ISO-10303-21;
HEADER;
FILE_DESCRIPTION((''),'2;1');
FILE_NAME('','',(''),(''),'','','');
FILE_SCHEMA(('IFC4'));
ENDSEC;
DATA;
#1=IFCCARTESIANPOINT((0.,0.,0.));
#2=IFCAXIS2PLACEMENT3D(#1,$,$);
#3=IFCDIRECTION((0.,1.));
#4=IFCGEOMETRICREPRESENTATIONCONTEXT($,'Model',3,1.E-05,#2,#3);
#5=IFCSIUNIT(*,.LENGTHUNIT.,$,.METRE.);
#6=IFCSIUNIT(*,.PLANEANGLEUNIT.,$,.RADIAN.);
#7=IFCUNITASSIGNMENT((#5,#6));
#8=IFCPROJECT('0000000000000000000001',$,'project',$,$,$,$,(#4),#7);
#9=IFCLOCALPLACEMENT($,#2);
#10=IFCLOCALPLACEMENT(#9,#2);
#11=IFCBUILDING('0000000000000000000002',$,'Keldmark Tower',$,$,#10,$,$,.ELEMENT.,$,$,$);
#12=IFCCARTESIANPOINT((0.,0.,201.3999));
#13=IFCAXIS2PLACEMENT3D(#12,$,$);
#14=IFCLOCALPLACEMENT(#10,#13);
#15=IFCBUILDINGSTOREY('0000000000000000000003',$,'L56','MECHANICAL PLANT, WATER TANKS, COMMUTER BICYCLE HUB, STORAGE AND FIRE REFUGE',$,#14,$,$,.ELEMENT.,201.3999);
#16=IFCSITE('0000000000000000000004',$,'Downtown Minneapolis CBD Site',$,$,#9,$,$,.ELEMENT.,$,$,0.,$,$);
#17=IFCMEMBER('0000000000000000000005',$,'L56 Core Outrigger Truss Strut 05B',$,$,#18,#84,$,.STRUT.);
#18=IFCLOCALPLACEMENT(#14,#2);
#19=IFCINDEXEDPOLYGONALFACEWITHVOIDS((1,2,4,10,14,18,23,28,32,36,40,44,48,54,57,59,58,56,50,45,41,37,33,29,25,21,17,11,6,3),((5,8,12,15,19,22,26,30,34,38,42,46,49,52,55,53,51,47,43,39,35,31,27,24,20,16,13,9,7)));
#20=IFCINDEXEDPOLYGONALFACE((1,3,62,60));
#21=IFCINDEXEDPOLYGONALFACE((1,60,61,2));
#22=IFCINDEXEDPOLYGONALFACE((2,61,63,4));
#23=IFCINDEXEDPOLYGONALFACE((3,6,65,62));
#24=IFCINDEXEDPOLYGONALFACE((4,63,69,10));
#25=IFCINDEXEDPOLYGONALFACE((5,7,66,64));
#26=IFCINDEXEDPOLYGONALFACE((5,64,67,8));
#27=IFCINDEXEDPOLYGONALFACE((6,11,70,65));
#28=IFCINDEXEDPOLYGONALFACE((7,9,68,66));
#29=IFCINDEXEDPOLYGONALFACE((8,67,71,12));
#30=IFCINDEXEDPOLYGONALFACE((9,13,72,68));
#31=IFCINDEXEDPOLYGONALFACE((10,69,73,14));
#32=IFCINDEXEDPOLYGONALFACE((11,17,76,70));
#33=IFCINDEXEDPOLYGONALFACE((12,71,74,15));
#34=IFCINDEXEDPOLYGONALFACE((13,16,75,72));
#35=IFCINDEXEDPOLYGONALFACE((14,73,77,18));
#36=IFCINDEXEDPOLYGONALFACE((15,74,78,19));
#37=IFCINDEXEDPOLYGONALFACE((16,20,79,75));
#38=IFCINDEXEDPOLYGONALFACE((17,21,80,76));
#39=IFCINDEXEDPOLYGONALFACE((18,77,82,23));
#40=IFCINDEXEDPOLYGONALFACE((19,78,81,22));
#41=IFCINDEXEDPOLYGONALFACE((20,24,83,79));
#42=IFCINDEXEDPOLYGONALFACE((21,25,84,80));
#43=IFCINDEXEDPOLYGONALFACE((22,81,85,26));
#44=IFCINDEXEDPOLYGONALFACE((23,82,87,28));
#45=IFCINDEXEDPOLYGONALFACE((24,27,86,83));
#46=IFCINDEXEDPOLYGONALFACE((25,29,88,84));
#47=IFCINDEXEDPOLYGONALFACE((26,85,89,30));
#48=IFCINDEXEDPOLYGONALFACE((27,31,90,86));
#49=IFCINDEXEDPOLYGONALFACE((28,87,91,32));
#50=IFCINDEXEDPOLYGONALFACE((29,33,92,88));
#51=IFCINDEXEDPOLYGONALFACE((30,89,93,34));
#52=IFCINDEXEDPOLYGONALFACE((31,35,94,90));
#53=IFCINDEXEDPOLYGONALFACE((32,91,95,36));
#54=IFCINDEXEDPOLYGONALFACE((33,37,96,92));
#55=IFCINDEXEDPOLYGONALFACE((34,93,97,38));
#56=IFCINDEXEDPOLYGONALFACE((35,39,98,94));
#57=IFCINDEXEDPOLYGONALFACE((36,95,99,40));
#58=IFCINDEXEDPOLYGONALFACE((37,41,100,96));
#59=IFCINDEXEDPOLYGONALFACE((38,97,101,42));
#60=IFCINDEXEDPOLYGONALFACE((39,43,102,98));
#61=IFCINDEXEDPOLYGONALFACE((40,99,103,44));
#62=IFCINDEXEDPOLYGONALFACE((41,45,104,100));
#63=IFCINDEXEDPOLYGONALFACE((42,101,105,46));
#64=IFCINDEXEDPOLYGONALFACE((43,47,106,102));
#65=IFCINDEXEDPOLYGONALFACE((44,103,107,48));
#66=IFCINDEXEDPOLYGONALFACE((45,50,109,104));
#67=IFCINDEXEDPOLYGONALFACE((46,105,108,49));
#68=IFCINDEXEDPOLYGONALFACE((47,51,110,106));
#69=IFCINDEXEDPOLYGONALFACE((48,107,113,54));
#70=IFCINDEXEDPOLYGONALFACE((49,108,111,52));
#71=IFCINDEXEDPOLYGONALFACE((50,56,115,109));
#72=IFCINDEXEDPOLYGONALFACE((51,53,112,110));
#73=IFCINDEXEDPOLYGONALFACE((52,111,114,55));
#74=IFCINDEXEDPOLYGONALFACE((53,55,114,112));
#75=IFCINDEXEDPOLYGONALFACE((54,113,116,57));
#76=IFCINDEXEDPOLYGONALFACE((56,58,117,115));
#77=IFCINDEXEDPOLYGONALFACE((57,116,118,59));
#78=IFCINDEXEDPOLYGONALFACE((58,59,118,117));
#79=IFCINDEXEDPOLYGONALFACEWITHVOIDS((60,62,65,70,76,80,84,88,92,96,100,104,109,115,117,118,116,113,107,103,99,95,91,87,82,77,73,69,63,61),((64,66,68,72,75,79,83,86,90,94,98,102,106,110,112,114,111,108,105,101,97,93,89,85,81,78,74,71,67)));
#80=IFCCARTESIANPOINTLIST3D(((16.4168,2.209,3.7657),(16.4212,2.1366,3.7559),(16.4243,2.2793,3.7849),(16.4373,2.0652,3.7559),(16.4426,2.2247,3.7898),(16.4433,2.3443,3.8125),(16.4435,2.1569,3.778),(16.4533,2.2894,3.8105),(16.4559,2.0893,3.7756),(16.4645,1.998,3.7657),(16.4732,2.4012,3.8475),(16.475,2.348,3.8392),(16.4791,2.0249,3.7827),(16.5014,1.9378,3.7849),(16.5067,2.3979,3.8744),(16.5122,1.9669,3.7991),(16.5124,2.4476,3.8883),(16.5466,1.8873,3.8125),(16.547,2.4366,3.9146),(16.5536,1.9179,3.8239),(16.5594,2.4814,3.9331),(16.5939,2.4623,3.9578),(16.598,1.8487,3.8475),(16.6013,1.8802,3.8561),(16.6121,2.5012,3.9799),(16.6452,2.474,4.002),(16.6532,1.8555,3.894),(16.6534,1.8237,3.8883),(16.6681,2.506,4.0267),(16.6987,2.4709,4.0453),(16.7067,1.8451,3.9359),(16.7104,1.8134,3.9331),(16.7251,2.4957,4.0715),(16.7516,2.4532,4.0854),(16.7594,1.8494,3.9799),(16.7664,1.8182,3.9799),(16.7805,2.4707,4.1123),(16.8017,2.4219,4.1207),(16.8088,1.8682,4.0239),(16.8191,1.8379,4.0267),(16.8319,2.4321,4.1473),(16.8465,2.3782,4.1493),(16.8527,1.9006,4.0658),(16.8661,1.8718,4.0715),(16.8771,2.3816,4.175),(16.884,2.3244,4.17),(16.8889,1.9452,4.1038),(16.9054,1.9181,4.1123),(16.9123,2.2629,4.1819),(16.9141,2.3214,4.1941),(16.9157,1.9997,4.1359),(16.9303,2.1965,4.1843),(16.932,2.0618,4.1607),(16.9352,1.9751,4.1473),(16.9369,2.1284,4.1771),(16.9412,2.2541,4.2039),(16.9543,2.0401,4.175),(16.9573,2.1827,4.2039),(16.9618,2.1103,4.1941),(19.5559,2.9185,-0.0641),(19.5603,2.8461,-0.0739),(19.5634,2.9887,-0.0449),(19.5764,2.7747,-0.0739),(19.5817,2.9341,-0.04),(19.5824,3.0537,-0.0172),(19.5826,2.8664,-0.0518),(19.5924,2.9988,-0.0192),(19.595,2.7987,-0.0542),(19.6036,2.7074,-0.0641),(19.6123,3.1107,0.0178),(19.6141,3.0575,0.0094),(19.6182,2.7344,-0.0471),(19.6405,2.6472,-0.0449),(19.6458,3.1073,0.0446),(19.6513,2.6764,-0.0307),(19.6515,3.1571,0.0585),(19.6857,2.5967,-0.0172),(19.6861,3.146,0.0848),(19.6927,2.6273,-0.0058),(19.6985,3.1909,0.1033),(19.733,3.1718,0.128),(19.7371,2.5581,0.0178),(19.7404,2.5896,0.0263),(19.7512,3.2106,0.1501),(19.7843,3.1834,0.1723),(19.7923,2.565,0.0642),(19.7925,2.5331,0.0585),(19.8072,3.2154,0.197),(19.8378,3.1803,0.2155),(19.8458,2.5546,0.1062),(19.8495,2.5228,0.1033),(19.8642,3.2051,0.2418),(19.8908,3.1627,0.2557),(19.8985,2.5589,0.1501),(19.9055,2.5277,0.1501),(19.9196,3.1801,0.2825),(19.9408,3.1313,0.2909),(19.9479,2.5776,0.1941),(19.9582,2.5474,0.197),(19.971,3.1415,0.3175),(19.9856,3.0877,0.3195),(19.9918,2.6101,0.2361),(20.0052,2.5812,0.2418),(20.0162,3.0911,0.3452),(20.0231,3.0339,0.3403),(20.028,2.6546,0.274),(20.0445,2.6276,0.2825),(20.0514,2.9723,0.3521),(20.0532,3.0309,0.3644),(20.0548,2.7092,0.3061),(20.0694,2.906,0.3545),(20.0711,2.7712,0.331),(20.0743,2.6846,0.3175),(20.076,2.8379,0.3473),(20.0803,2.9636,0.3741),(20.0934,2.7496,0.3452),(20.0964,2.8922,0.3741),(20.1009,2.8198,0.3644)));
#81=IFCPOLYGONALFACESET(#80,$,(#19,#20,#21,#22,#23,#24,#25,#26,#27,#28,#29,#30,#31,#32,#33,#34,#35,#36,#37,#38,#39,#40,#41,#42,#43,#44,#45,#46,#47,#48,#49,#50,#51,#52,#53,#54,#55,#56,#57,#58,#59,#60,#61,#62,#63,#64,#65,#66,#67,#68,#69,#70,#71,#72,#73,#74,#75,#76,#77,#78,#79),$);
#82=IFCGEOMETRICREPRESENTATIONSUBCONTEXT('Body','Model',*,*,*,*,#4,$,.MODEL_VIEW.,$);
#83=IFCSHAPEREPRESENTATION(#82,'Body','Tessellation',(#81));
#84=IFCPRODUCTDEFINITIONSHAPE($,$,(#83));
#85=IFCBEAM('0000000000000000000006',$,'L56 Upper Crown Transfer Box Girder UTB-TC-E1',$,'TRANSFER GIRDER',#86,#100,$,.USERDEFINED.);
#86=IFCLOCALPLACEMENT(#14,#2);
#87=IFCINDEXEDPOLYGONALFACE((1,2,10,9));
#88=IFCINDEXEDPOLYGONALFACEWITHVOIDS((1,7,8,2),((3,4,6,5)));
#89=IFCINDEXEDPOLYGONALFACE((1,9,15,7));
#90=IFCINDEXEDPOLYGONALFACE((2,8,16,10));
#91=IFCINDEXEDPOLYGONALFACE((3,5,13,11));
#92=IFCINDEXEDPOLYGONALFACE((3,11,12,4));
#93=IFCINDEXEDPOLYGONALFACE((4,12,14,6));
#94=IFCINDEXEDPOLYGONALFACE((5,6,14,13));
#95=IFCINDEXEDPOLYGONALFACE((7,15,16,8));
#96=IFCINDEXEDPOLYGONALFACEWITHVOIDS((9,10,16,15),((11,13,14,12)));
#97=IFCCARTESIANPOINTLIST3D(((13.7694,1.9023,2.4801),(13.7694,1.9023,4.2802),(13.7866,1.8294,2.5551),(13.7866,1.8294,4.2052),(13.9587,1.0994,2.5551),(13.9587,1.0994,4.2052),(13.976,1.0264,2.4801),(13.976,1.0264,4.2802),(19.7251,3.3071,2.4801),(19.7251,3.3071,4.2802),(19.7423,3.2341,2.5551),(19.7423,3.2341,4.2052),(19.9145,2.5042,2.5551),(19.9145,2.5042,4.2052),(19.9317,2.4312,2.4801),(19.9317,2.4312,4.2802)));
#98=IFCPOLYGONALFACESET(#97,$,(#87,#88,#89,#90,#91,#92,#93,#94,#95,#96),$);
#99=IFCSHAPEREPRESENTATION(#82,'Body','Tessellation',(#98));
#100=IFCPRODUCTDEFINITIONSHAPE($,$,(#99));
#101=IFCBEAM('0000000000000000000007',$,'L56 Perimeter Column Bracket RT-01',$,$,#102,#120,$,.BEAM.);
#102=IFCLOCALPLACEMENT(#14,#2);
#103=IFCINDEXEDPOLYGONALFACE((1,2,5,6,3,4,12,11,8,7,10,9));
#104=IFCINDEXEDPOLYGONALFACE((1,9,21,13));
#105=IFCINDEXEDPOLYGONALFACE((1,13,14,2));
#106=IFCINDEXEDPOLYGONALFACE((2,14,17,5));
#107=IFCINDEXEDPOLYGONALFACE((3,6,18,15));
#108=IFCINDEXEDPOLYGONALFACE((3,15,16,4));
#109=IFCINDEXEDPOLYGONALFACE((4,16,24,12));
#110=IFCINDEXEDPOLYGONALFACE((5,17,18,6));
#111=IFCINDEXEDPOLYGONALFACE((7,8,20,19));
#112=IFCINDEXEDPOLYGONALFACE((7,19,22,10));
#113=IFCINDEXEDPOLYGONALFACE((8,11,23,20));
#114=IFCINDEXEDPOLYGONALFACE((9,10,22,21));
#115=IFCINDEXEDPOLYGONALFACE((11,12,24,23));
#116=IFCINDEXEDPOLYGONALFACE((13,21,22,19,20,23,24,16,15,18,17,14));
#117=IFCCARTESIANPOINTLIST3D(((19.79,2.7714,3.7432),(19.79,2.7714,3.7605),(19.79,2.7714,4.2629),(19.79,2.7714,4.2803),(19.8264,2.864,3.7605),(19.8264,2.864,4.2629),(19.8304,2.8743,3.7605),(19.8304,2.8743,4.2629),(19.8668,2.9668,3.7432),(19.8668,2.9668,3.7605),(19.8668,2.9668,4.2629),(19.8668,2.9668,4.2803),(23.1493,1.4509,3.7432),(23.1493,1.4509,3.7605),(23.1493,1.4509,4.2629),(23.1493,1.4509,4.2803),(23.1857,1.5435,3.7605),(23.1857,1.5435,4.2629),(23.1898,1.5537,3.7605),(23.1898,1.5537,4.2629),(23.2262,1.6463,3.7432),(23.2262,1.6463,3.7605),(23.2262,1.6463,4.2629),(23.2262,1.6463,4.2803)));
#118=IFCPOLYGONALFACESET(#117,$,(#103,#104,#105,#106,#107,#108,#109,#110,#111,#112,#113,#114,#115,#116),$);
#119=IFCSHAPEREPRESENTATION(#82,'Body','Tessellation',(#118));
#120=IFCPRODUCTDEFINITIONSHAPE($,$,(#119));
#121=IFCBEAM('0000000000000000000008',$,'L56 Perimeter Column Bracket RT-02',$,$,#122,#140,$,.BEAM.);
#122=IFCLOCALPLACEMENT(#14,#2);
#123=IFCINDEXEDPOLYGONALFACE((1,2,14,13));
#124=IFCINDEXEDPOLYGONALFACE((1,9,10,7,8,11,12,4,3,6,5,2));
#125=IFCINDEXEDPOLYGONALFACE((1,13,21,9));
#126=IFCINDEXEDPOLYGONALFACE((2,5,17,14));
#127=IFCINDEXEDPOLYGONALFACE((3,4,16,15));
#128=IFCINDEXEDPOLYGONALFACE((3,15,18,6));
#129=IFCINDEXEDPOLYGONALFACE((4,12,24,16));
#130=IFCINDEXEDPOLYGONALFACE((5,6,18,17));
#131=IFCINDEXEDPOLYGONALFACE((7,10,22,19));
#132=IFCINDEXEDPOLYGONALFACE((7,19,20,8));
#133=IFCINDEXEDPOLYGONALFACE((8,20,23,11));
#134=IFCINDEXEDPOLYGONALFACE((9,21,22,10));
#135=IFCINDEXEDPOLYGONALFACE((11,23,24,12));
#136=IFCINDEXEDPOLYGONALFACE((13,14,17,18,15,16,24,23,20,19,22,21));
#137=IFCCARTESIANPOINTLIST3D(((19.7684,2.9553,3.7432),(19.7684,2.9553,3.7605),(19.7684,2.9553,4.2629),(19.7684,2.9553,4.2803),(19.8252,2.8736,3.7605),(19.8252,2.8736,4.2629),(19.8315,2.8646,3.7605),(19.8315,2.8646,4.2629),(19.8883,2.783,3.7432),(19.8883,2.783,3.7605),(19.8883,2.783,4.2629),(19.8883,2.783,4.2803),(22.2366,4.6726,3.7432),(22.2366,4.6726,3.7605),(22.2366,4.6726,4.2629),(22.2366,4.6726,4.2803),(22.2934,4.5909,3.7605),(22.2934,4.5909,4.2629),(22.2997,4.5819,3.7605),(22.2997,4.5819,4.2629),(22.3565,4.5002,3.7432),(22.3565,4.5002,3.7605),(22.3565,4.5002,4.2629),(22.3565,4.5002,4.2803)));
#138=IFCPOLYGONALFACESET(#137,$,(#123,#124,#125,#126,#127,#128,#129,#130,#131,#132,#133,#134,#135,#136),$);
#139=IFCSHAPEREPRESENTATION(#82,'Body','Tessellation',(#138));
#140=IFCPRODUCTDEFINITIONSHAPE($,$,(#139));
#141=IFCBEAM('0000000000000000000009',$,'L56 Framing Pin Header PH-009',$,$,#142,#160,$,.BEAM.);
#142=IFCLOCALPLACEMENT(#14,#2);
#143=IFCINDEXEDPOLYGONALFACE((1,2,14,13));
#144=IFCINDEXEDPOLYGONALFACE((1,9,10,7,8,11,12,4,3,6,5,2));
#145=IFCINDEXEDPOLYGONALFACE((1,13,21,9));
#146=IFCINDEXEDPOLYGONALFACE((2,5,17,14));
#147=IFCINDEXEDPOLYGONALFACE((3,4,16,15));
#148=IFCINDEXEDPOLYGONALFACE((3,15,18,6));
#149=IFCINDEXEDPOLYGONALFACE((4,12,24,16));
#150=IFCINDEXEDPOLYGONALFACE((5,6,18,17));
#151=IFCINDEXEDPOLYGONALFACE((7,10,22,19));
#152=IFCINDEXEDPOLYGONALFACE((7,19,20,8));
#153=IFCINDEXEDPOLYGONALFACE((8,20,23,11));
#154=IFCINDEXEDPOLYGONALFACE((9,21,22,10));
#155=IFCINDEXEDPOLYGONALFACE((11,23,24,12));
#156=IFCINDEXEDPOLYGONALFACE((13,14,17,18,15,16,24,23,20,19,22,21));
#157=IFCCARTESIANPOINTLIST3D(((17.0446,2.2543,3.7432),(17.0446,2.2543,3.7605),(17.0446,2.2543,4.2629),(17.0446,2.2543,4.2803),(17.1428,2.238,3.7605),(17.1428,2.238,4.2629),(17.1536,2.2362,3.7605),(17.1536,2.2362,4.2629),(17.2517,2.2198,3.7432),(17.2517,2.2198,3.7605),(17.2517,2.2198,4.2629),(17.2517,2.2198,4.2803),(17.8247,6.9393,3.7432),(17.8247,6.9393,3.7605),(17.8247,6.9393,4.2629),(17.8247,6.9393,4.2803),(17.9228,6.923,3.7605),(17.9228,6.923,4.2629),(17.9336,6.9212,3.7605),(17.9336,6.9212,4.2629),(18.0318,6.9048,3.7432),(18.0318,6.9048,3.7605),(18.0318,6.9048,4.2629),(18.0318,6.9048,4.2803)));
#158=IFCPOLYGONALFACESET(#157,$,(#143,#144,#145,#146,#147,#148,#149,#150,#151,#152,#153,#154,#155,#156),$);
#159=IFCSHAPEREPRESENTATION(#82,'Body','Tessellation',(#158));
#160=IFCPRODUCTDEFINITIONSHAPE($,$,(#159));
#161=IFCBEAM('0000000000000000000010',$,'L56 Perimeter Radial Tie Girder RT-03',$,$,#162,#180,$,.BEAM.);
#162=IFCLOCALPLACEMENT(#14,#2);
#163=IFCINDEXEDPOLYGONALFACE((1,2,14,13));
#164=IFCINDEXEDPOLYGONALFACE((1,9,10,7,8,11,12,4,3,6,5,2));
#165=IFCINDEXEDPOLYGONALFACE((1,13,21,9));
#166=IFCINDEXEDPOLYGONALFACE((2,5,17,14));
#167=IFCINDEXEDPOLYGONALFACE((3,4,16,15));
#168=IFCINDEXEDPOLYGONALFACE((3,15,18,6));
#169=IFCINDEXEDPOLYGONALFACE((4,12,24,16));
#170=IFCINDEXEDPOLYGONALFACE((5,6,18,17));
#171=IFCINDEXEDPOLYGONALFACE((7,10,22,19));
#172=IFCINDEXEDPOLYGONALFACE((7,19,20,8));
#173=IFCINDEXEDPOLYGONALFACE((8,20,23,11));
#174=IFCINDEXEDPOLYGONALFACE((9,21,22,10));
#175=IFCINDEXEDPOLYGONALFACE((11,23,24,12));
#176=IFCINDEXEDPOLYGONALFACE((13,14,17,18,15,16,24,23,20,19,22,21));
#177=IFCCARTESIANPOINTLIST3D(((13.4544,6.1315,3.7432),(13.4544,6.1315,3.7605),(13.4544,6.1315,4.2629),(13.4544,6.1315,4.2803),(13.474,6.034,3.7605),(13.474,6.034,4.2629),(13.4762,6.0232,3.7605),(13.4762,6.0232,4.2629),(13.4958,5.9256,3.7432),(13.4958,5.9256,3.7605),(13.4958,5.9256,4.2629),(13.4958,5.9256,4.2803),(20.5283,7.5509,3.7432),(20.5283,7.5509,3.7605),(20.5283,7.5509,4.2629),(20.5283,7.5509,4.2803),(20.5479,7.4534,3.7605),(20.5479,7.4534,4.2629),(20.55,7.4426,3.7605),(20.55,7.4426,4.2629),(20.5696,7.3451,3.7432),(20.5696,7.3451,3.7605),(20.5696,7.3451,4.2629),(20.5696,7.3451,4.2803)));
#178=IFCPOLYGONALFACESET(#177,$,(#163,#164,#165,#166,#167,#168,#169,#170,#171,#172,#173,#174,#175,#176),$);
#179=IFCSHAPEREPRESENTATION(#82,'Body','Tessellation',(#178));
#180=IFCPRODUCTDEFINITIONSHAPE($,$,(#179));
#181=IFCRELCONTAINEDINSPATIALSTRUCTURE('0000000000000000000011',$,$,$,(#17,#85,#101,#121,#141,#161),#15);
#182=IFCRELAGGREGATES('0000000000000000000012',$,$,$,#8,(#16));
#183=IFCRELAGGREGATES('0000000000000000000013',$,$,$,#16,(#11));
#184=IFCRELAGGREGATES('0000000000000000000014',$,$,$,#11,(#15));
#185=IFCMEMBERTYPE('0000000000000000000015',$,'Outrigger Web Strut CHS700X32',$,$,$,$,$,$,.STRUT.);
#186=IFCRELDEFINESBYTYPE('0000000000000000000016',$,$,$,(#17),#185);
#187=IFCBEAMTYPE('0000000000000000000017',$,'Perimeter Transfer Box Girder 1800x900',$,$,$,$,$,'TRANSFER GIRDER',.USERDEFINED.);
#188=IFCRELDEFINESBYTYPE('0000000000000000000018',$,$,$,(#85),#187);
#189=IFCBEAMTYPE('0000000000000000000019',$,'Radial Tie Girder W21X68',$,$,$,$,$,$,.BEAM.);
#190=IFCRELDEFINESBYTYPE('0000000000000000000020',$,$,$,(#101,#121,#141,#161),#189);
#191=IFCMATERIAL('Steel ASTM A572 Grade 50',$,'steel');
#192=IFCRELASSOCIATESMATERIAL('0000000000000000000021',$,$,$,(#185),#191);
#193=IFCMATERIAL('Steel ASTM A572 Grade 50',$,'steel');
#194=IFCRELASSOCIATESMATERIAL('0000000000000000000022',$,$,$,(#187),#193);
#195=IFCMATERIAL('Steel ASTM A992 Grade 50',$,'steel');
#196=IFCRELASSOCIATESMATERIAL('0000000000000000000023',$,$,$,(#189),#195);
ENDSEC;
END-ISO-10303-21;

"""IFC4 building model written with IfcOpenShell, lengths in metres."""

from ifc_helpers import new_model, si_unit, direction, frame, origin, origin_2d, place, context, subcontext, project, spatial, hollow_rectangle, hollow_circle, i_section, extrude, material, material_profile, profile_set, type_object, element, save


model = new_model("IFC4")

# Units and contexts
model_context = context("Model", 3, precision=1e-05, world=origin(), true_north=direction((0.0, 1.0)))
body_context = subcontext(model_context, "Body", "Model", "MODEL_VIEW")
ifc_project = project(units=[si_unit("LENGTHUNIT", "METRE"), si_unit("PLANEANGLEUNIT", "RADIAN")], contexts=[model_context])

# Site, building, storey
site_placement = place(None, origin())
site = spatial("IfcSite", under=ifc_project, at=site_placement, Name="Downtown Minneapolis CBD Site", CompositionType="ELEMENT", RefElevation=0.0)
building_placement = place(site_placement, origin())
building = spatial("IfcBuilding", under=site, at=building_placement, Name="Keldmark Tower", CompositionType="ELEMENT")
storey_placement = place(building_placement, frame((0.0, 0.0, 201.3999)))
storey = spatial("IfcBuildingStorey", under=building, at=storey_placement, Name="L56", Description="MECHANICAL PLANT, WATER TANKS, COMMUTER BICYCLE HUB, STORAGE AND FIRE REFUGE", CompositionType="ELEMENT", Elevation=201.3999)

# Member
ifc_material_1 = material(Name="Steel ASTM A572 Grade 50", Category="steel")
ifc_material_profile_1 = material_profile(ifc_material_1, hollow_circle(Radius=0.3501, WallThickness=0.032, at=origin_2d()), Name="CHS700X32")
ifc_profile_set_1 = profile_set([ifc_material_profile_1], Name="Steel ASTM A572 Grade 50")
member_type_1 = type_object("IfcMemberType", Name="Outrigger Web Strut CHS700X32", PredefinedType="STRUT", material=ifc_profile_set_1)
member_1_placement = place(storey_placement, frame((19.8284, 2.8691, 0.1501), z_axis=(-0.627515, -0.141823, 0.765579), x_axis=(0.220447, -0.975399, 0.0)))
element("IfcMember", 1, at=member_1_placement, inside=storey, type_object=member_type_1, Name="L56 Core Outrigger Truss Strut 05B", PredefinedType="STRUT", context=body_context, shape_type="SweptSolid", body=[
    extrude(hollow_circle(Radius=0.3501, WallThickness=0.032, at=origin_2d()), origin(), (0.0, 0.0, 1.0), 5.0024),
])

# Beams
ifc_material_2 = material(Name="Steel ASTM A572 Grade 50", Category="steel")
ifc_material_profile_2 = material_profile(ifc_material_2, hollow_rectangle(XDim=0.8999, YDim=1.8, WallThickness=0.075, at=origin_2d()), Name="TBOX1800X900X75")
ifc_profile_set_2 = profile_set([ifc_material_profile_2], Name="Steel ASTM A572 Grade 50")
beam_type_1 = type_object("IfcBeamType", Name="Perimeter Transfer Box Girder 1800x900", ElementType="TRANSFER GIRDER", PredefinedType="USERDEFINED", material=ifc_profile_set_2)
beam_1_placement = place(storey_placement, frame((19.8284, 2.8691, 3.3801), z_axis=(-0.973292, -0.229569, 0.0), x_axis=(0.229569, -0.973292, 0.0)))
element("IfcBeam", 2, at=beam_1_placement, inside=storey, type_object=beam_type_1, Name="L56 Upper Crown Transfer Box Girder UTB-TC-E1", ObjectType="TRANSFER GIRDER", PredefinedType="USERDEFINED", context=body_context, shape_type="SweptSolid", body=[
    extrude(hollow_rectangle(XDim=0.8999, YDim=1.8, WallThickness=0.075, at=origin_2d()), origin(), (0.0, 0.0, 1.0), 6.1191),
])
ifc_material_3 = material(Name="Steel ASTM A992 Grade 50", Category="steel")
ifc_material_profile_3 = material_profile(ifc_material_3, i_section(OverallWidth=0.21, OverallDepth=0.5371, WebThickness=0.011, FlangeThickness=0.0173, at=origin_2d()), Name="W21X68")
ifc_profile_set_3 = profile_set([ifc_material_profile_3], Name="Steel ASTM A992 Grade 50")
beam_type_2 = type_object("IfcBeamType", Name="Radial Tie Girder W21X68", PredefinedType="BEAM", material=ifc_profile_set_3)
beam_2_placement = place(storey_placement, frame((19.8284, 2.8691, 4.0117), z_axis=(0.930676, -0.365845, 0.0), x_axis=(0.365845, 0.930676, 0.0)))
element("IfcBeam", 3, at=beam_2_placement, inside=storey, type_object=beam_type_2, Name="L56 Perimeter Column Bracket RT-01", PredefinedType="BEAM", context=body_context, shape_type="SweptSolid", body=[
    extrude(i_section(OverallWidth=0.21, OverallDepth=0.5371, WebThickness=0.011, FlangeThickness=0.0173, at=origin_2d()), origin(), (0.0, 0.0, 1.0), 3.6096),
])
beam_3_placement = place(storey_placement, frame((19.8284, 2.8691, 4.0117), z_axis=(0.820869, 0.571117, 0.0), x_axis=(-0.571117, 0.820869, 0.0)))
element("IfcBeam", 4, at=beam_3_placement, inside=storey, type_object=beam_type_2, Name="L56 Perimeter Column Bracket RT-02", PredefinedType="BEAM", context=body_context, shape_type="SweptSolid", body=[
    extrude(i_section(OverallWidth=0.21, OverallDepth=0.5371, WebThickness=0.011, FlangeThickness=0.0173, at=origin_2d()), origin(), (0.0, 0.0, 1.0), 3.0068),
])
beam_4_placement = place(storey_placement, frame((17.1482, 2.2371, 4.0117), z_axis=(0.164232, 0.986422, 0.0), x_axis=(-0.986422, 0.164232, 0.0)))
element("IfcBeam", 5, at=beam_4_placement, inside=storey, type_object=beam_type_2, Name="L56 Framing Pin Header PH-009", PredefinedType="BEAM", context=body_context, shape_type="SweptSolid", body=[
    extrude(i_section(OverallWidth=0.21, OverallDepth=0.5371, WebThickness=0.011, FlangeThickness=0.0173, at=origin_2d()), origin(), (0.0, 0.0, 1.0), 4.7495),
])
beam_5_placement = place(storey_placement, frame((13.4751, 6.0286, 4.0117), z_axis=(0.980456, 0.196741, 0.0), x_axis=(-0.196741, 0.980456, 0.0)))
element("IfcBeam", 6, at=beam_5_placement, inside=storey, type_object=beam_type_2, Name="L56 Perimeter Radial Tie Girder RT-03", PredefinedType="BEAM", context=body_context, shape_type="SweptSolid", body=[
    extrude(i_section(OverallWidth=0.21, OverallDepth=0.5371, WebThickness=0.011, FlangeThickness=0.0173, at=origin_2d()), origin(), (0.0, 0.0, 1.0), 7.2148),
])

save(model, "model.ifc")
